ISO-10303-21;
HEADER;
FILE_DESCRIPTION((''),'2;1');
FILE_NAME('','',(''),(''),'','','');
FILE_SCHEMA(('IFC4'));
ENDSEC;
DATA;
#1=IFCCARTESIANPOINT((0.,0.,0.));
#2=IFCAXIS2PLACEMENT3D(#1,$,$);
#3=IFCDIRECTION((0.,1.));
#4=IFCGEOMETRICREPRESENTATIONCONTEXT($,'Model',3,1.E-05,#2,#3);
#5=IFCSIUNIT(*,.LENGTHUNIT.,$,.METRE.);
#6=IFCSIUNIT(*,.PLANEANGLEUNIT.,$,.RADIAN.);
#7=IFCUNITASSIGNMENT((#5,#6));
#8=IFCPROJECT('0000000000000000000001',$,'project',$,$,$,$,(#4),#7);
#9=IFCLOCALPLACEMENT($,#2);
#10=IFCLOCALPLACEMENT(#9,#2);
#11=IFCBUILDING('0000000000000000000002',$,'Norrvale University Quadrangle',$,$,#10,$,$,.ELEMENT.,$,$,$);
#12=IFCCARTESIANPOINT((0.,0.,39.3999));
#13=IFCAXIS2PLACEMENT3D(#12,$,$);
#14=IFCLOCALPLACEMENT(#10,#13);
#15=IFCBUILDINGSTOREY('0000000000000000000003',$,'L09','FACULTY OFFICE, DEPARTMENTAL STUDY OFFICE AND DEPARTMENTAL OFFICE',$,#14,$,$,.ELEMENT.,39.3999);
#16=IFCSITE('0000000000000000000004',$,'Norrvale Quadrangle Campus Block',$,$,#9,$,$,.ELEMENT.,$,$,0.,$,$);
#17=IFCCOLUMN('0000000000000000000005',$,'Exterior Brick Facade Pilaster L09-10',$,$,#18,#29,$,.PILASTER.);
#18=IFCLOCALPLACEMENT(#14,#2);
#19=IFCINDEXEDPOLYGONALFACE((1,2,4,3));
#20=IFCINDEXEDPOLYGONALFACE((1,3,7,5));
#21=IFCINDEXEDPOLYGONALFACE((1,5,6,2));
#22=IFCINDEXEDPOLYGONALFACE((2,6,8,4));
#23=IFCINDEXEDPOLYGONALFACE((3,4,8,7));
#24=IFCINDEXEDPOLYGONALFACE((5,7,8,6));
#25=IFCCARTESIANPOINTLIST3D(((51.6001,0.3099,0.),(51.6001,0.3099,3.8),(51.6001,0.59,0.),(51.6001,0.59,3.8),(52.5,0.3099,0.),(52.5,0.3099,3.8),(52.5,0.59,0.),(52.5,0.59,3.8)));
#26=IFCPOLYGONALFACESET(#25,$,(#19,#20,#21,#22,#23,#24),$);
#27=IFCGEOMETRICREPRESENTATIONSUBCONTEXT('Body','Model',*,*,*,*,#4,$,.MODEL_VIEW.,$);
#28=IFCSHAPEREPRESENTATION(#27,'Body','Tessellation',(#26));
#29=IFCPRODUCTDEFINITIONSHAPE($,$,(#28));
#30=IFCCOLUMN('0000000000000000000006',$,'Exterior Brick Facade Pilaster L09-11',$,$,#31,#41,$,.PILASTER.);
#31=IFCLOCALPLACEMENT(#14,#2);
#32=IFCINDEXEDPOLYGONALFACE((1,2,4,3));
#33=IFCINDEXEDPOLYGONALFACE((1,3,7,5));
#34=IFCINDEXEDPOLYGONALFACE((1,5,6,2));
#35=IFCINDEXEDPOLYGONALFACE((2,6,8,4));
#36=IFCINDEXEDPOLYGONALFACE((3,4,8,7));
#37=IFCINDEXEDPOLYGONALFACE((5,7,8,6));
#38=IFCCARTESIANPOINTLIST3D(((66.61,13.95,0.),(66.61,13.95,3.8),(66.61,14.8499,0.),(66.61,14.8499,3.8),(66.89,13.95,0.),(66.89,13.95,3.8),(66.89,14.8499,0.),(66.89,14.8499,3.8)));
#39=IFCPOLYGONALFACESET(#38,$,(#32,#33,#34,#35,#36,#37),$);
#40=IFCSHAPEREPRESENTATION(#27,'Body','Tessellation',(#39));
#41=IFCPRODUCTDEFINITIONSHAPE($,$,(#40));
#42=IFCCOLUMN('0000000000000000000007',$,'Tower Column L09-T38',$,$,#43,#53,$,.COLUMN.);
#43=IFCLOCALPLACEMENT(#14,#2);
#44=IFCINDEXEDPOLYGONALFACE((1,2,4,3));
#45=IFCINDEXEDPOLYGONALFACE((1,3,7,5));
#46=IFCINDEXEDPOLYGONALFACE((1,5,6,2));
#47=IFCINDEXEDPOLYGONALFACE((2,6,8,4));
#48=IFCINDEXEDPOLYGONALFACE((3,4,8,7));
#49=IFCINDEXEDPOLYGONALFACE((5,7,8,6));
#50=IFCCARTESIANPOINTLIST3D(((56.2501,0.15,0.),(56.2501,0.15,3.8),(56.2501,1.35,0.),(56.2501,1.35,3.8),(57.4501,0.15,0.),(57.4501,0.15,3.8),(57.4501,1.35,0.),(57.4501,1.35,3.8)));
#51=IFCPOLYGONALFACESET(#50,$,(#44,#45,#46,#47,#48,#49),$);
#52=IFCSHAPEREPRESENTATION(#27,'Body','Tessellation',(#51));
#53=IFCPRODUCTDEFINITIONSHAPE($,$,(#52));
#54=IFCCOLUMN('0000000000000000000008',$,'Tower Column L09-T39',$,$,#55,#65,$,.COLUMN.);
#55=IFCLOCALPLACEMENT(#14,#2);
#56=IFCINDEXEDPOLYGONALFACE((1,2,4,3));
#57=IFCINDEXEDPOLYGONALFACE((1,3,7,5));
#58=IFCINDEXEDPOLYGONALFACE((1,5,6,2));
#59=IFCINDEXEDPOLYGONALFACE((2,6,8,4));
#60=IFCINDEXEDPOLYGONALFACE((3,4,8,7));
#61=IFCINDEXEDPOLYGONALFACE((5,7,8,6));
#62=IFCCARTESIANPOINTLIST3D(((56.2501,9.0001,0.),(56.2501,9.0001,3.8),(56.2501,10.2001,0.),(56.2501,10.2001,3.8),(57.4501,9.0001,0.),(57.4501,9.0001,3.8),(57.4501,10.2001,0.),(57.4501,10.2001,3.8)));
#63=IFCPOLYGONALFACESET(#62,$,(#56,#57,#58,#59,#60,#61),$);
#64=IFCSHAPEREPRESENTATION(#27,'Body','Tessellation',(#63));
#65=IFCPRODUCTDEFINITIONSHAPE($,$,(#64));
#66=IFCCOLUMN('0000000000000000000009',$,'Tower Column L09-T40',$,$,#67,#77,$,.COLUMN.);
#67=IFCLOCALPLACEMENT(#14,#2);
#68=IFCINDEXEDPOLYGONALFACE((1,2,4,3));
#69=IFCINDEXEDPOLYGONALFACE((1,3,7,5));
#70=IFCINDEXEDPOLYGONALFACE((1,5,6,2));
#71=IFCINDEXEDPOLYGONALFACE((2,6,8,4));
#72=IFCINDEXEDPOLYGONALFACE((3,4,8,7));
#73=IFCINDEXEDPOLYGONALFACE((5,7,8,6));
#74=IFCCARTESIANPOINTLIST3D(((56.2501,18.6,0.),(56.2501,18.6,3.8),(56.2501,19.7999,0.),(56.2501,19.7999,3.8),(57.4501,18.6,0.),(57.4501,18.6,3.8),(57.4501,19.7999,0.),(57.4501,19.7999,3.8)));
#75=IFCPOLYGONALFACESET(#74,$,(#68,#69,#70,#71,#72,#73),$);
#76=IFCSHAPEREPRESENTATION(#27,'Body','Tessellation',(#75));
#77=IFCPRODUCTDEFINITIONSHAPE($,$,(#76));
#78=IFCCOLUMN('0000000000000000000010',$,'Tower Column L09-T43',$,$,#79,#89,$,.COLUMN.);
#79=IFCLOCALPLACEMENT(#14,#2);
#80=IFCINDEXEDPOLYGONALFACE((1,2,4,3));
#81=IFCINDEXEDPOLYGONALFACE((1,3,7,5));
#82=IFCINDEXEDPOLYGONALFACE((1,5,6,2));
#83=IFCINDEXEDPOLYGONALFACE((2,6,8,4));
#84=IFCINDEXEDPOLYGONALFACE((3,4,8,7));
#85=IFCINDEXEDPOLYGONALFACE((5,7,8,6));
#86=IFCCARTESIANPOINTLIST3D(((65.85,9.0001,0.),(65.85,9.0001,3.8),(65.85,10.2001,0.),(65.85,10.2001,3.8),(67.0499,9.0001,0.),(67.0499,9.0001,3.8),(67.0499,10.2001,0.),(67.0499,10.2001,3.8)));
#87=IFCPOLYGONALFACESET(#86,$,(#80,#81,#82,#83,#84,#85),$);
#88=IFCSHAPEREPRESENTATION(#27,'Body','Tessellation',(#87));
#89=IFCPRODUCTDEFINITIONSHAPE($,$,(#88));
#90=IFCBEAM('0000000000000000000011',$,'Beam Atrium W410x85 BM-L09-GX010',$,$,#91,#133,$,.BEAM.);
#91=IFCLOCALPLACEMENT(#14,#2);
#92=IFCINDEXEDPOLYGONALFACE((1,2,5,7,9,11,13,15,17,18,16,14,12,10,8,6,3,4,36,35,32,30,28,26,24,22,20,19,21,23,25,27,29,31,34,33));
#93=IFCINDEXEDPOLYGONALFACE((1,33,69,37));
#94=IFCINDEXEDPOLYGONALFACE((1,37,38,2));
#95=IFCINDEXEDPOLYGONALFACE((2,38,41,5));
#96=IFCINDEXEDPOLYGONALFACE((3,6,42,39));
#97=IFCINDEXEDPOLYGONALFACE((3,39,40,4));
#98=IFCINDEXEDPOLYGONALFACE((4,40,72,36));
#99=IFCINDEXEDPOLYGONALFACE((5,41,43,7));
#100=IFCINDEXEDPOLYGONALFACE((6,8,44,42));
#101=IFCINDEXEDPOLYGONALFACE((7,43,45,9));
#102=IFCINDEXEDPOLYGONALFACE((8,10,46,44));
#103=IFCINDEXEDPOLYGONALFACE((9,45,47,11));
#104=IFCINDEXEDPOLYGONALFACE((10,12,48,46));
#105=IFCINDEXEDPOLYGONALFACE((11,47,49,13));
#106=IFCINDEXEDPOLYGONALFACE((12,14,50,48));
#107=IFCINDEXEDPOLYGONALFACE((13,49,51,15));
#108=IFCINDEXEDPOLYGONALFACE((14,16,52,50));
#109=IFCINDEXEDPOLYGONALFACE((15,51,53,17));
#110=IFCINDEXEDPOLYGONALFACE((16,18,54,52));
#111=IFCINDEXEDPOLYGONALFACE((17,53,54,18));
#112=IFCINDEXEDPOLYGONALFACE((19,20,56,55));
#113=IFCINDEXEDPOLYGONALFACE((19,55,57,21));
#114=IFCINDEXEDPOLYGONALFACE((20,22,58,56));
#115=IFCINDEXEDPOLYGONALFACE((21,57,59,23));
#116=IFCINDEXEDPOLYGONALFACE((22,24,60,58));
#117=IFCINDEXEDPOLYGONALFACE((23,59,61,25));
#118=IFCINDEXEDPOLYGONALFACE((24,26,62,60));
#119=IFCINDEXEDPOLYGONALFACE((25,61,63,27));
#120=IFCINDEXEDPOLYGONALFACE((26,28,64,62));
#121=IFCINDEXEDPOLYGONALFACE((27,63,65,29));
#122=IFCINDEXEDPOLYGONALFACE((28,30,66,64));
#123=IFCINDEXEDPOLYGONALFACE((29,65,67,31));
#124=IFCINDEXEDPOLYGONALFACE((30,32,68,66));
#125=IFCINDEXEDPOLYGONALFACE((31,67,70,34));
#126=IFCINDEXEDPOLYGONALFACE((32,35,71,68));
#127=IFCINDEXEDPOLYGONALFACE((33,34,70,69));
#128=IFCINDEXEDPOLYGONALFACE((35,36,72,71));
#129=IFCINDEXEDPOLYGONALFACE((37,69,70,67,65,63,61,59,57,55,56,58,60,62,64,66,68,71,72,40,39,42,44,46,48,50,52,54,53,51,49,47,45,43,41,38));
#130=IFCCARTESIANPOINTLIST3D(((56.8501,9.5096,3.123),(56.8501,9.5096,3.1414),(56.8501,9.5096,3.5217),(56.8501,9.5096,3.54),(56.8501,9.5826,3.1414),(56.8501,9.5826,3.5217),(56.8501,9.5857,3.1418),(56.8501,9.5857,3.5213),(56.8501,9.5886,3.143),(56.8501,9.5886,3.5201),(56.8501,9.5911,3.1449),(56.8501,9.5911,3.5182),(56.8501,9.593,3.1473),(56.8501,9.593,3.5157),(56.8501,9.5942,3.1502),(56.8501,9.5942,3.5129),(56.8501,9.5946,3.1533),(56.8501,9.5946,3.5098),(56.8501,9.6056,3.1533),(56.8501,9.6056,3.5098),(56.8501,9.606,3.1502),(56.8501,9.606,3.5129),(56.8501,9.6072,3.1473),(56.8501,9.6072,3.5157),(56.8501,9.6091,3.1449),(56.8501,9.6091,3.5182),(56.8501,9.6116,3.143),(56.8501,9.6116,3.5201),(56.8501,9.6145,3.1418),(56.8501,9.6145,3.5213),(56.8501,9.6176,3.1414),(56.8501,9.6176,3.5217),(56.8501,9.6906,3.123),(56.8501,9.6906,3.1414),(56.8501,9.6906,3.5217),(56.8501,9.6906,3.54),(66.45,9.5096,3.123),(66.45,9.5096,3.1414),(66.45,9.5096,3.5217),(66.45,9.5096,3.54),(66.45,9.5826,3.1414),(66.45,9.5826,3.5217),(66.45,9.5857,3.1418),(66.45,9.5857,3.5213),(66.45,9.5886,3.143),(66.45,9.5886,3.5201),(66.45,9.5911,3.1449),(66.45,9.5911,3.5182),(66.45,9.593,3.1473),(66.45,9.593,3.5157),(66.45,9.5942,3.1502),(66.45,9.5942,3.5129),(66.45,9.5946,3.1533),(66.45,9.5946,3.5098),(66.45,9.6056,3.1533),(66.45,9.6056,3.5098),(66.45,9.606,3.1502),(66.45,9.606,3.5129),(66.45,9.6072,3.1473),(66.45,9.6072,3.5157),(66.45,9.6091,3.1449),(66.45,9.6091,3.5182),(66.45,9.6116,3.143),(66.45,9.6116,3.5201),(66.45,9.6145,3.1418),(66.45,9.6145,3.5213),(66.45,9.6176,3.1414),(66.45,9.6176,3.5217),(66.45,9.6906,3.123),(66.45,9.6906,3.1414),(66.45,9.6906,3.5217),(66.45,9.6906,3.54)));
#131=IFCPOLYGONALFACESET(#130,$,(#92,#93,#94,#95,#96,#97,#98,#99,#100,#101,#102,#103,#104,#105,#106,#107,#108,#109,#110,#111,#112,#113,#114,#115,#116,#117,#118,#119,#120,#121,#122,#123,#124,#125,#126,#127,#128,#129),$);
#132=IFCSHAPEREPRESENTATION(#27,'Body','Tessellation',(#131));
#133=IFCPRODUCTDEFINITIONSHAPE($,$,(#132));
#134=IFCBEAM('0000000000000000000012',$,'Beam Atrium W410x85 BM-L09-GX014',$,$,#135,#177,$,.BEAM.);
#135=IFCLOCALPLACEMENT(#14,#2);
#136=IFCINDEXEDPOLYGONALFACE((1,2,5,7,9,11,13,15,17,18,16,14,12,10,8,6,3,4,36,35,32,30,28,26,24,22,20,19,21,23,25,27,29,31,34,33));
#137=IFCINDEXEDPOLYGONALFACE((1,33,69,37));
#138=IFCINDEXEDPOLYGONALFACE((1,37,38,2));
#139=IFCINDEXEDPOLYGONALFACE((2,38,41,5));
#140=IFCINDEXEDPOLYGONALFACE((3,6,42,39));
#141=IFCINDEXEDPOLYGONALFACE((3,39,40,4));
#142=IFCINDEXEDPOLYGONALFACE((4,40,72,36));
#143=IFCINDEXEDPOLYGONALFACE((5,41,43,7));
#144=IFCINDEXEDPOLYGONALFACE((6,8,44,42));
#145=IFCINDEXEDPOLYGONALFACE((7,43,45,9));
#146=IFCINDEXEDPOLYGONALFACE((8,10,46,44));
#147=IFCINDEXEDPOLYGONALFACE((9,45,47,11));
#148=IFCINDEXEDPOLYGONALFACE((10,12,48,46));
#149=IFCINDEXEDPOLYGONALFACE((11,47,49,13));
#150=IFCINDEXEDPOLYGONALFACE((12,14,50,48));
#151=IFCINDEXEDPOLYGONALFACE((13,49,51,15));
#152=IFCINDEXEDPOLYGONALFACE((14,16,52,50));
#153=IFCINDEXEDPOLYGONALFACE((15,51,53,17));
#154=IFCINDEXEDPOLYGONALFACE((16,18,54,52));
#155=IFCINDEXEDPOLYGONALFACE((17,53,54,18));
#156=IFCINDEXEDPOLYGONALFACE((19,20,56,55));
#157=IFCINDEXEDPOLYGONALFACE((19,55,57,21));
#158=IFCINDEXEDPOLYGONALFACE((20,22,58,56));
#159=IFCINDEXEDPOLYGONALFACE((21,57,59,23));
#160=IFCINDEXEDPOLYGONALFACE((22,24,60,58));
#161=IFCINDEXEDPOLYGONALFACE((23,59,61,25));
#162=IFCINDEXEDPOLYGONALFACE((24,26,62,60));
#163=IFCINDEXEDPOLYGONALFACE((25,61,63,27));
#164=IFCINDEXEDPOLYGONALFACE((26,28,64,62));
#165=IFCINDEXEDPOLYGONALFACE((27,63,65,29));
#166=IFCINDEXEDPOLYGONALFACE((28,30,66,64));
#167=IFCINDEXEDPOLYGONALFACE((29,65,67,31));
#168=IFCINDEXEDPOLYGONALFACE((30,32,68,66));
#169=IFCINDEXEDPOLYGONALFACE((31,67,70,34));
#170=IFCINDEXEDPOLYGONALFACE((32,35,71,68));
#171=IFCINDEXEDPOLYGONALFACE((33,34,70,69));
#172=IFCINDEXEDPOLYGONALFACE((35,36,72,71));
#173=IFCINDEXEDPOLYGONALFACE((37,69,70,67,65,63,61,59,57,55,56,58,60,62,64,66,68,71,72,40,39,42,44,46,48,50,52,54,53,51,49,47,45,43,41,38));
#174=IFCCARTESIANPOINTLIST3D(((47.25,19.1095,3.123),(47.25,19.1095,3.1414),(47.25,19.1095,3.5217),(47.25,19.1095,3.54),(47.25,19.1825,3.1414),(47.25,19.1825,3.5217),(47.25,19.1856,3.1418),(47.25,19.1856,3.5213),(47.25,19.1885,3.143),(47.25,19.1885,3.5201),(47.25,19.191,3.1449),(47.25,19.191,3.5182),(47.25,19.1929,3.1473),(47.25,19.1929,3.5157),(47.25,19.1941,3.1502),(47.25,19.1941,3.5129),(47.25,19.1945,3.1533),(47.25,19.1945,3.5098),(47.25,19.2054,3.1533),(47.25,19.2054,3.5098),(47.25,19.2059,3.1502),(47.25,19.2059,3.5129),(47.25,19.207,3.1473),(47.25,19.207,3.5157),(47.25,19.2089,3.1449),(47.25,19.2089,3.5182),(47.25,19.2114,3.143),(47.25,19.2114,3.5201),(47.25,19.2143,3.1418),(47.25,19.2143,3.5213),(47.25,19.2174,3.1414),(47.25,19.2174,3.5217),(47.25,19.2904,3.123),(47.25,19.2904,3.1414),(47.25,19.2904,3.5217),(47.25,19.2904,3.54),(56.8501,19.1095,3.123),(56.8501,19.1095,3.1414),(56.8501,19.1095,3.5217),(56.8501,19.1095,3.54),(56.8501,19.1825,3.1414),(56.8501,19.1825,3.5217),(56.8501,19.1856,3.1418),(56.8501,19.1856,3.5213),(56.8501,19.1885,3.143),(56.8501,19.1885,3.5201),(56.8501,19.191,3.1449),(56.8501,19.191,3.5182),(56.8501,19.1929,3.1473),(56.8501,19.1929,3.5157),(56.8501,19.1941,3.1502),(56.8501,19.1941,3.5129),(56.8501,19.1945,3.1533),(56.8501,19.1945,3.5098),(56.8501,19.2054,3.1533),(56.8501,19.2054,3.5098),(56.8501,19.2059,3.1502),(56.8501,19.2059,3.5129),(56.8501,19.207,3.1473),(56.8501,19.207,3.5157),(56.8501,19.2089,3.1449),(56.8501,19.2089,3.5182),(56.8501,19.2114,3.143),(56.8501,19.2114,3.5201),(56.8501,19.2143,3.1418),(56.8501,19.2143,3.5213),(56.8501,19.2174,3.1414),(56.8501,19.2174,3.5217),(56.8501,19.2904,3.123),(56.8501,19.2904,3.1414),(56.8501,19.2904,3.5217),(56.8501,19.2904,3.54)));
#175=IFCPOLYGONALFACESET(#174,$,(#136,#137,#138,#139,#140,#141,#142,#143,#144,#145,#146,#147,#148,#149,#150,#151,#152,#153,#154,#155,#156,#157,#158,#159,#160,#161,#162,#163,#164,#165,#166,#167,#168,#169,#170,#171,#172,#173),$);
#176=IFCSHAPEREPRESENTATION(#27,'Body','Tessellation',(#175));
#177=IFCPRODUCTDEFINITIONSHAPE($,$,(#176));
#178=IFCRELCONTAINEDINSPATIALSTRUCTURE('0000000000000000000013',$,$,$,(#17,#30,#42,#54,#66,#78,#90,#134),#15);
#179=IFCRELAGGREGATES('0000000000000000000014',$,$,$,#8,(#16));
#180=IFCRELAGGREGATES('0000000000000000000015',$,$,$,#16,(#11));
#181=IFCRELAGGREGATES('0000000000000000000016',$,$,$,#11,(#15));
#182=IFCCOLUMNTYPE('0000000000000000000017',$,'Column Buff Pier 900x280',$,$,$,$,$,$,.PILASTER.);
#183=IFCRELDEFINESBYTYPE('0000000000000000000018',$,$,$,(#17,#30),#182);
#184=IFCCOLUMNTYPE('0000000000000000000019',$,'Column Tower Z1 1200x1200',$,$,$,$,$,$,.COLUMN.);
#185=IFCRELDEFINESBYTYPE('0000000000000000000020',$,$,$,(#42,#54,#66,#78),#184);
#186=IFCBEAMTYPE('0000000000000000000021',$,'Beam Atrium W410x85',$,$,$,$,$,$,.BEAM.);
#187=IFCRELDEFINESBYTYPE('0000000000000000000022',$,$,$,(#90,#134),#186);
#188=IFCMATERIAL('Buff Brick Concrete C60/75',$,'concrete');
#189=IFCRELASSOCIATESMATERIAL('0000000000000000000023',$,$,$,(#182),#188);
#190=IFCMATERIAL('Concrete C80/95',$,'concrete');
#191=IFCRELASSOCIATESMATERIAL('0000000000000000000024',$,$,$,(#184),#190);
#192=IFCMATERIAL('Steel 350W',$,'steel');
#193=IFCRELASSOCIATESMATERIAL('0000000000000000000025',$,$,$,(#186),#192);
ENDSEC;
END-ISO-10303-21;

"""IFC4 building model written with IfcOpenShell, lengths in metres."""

from ifc_helpers import new_model, si_unit, direction, frame, origin, origin_2d, place, context, subcontext, project, spatial, rectangle, i_section, extrude, material, material_profile, profile_set, type_object, element, save


model = new_model("IFC4")

# Units and contexts
model_context = context("Model", 3, precision=1e-05, world=origin(), true_north=direction((0.0, 1.0)))
body_context = subcontext(model_context, "Body", "Model", "MODEL_VIEW")
ifc_project = project(units=[si_unit("LENGTHUNIT", "METRE"), si_unit("PLANEANGLEUNIT", "RADIAN")], contexts=[model_context])

# Site, building, storey
site_placement = place(None, origin())
site = spatial("IfcSite", under=ifc_project, at=site_placement, Name="Norrvale Quadrangle Campus Block", CompositionType="ELEMENT", RefElevation=0.0)
building_placement = place(site_placement, origin())
building = spatial("IfcBuilding", under=site, at=building_placement, Name="Norrvale University Quadrangle", CompositionType="ELEMENT")
storey_placement = place(building_placement, frame((0.0, 0.0, 39.3999)))
storey = spatial("IfcBuildingStorey", under=building, at=storey_placement, Name="L09", Description="FACULTY OFFICE, DEPARTMENTAL STUDY OFFICE AND DEPARTMENTAL OFFICE", CompositionType="ELEMENT", Elevation=39.3999)

# Columns
ifc_material_1 = material(Name="Buff Brick Concrete C60/75", Category="concrete")
ifc_material_profile_1 = material_profile(ifc_material_1, rectangle(XDim=0.8999, YDim=0.28, at=origin_2d()), Name="Buff Brick Concrete C60/75")
ifc_profile_set_1 = profile_set([ifc_material_profile_1], Name="Buff Brick Concrete C60/75")
column_type_1 = type_object("IfcColumnType", Name="Column Buff Pier 900x280", PredefinedType="PILASTER", material=ifc_profile_set_1)
for number, where, z_axis, x_axis, name in (
    (1, (52.05, 0.45, 0.0), (0.0, 0.0, 1.0), (1.0, 0.0, 0.0), "Exterior Brick Facade Pilaster L09-10"),
    (2, (66.75, 14.3999, 0.0), (0.0, 0.0, 1.0), (0.0, 1.0, 0.0), "Exterior Brick Facade Pilaster L09-11"),
):
    element("IfcColumn", number, at=place(storey_placement, frame(where, z_axis=z_axis, x_axis=x_axis)), inside=storey, type_object=column_type_1, Name=name, PredefinedType="PILASTER", context=body_context, shape_type="SweptSolid", body=[
        extrude(rectangle(XDim=0.8999, YDim=0.28, at=origin_2d()), origin(), (0.0, 0.0, 1.0), 3.8),
    ])
ifc_material_2 = material(Name="Concrete C80/95", Category="concrete")
ifc_material_profile_2 = material_profile(ifc_material_2, rectangle(XDim=1.2, YDim=1.2, at=origin_2d()), Name="Concrete C80/95")
ifc_profile_set_2 = profile_set([ifc_material_profile_2], Name="Concrete C80/95")
column_type_2 = type_object("IfcColumnType", Name="Column Tower Z1 1200x1200", PredefinedType="COLUMN", material=ifc_profile_set_2)
for number, where, z_axis, x_axis, name in (
    (3, (56.8501, 0.75, 0.0), (0.0, 0.0, 1.0), (1.0, 0.0, 0.0), "Tower Column L09-T38"),
    (4, (56.8501, 9.6001, 0.0), (0.0, 0.0, 1.0), (1.0, 0.0, 0.0), "Tower Column L09-T39"),
    (5, (56.8501, 19.2, 0.0), (0.0, 0.0, 1.0), (1.0, 0.0, 0.0), "Tower Column L09-T40"),
    (6, (66.45, 9.6001, 0.0), (0.0, 0.0, 1.0), (1.0, 0.0, 0.0), "Tower Column L09-T43"),
):
    element("IfcColumn", number, at=place(storey_placement, frame(where, z_axis=z_axis, x_axis=x_axis)), inside=storey, type_object=column_type_2, Name=name, PredefinedType="COLUMN", context=body_context, shape_type="SweptSolid", body=[
        extrude(rectangle(XDim=1.2, YDim=1.2, at=origin_2d()), origin(), (0.0, 0.0, 1.0), 3.8),
    ])

# Beams
ifc_material_3 = material(Name="Steel 350W", Category="steel")
ifc_material_profile_3 = material_profile(ifc_material_3, i_section(OverallWidth=0.1809, OverallDepth=0.417, WebThickness=0.011, FlangeThickness=0.0183, FilletRadius=0.012, at=origin_2d()), Name="Steel 350W")
ifc_profile_set_3 = profile_set([ifc_material_profile_3], Name="Steel 350W")
beam_type_1 = type_object("IfcBeamType", Name="Beam Atrium W410x85", PredefinedType="BEAM", material=ifc_profile_set_3)
beam_1_placement = place(storey_placement, frame((56.8501, 9.6001, 3.3315), z_axis=(1.0, 0.0, 0.0), x_axis=(0.0, 1.0, 0.0)))
element("IfcBeam", 7, at=beam_1_placement, inside=storey, type_object=beam_type_1, Name="Beam Atrium W410x85 BM-L09-GX010", PredefinedType="BEAM", context=body_context, shape_type="SweptSolid", body=[
    extrude(i_section(OverallWidth=0.1809, OverallDepth=0.417, WebThickness=0.011, FlangeThickness=0.0183, FilletRadius=0.012, at=origin_2d()), origin(), (0.0, 0.0, 1.0), 9.5999),
])
beam_2_placement = place(storey_placement, frame((47.25, 19.2, 3.3315), z_axis=(1.0, 0.0, 0.0), x_axis=(0.0, 1.0, 0.0)))
element("IfcBeam", 8, at=beam_2_placement, inside=storey, type_object=beam_type_1, Name="Beam Atrium W410x85 BM-L09-GX014", PredefinedType="BEAM", context=body_context, shape_type="SweptSolid", body=[
    extrude(i_section(OverallWidth=0.1809, OverallDepth=0.417, WebThickness=0.011, FlangeThickness=0.0183, FilletRadius=0.012, at=origin_2d()), origin(), (0.0, 0.0, 1.0), 9.6001),
])

save(model, "model.ifc")
